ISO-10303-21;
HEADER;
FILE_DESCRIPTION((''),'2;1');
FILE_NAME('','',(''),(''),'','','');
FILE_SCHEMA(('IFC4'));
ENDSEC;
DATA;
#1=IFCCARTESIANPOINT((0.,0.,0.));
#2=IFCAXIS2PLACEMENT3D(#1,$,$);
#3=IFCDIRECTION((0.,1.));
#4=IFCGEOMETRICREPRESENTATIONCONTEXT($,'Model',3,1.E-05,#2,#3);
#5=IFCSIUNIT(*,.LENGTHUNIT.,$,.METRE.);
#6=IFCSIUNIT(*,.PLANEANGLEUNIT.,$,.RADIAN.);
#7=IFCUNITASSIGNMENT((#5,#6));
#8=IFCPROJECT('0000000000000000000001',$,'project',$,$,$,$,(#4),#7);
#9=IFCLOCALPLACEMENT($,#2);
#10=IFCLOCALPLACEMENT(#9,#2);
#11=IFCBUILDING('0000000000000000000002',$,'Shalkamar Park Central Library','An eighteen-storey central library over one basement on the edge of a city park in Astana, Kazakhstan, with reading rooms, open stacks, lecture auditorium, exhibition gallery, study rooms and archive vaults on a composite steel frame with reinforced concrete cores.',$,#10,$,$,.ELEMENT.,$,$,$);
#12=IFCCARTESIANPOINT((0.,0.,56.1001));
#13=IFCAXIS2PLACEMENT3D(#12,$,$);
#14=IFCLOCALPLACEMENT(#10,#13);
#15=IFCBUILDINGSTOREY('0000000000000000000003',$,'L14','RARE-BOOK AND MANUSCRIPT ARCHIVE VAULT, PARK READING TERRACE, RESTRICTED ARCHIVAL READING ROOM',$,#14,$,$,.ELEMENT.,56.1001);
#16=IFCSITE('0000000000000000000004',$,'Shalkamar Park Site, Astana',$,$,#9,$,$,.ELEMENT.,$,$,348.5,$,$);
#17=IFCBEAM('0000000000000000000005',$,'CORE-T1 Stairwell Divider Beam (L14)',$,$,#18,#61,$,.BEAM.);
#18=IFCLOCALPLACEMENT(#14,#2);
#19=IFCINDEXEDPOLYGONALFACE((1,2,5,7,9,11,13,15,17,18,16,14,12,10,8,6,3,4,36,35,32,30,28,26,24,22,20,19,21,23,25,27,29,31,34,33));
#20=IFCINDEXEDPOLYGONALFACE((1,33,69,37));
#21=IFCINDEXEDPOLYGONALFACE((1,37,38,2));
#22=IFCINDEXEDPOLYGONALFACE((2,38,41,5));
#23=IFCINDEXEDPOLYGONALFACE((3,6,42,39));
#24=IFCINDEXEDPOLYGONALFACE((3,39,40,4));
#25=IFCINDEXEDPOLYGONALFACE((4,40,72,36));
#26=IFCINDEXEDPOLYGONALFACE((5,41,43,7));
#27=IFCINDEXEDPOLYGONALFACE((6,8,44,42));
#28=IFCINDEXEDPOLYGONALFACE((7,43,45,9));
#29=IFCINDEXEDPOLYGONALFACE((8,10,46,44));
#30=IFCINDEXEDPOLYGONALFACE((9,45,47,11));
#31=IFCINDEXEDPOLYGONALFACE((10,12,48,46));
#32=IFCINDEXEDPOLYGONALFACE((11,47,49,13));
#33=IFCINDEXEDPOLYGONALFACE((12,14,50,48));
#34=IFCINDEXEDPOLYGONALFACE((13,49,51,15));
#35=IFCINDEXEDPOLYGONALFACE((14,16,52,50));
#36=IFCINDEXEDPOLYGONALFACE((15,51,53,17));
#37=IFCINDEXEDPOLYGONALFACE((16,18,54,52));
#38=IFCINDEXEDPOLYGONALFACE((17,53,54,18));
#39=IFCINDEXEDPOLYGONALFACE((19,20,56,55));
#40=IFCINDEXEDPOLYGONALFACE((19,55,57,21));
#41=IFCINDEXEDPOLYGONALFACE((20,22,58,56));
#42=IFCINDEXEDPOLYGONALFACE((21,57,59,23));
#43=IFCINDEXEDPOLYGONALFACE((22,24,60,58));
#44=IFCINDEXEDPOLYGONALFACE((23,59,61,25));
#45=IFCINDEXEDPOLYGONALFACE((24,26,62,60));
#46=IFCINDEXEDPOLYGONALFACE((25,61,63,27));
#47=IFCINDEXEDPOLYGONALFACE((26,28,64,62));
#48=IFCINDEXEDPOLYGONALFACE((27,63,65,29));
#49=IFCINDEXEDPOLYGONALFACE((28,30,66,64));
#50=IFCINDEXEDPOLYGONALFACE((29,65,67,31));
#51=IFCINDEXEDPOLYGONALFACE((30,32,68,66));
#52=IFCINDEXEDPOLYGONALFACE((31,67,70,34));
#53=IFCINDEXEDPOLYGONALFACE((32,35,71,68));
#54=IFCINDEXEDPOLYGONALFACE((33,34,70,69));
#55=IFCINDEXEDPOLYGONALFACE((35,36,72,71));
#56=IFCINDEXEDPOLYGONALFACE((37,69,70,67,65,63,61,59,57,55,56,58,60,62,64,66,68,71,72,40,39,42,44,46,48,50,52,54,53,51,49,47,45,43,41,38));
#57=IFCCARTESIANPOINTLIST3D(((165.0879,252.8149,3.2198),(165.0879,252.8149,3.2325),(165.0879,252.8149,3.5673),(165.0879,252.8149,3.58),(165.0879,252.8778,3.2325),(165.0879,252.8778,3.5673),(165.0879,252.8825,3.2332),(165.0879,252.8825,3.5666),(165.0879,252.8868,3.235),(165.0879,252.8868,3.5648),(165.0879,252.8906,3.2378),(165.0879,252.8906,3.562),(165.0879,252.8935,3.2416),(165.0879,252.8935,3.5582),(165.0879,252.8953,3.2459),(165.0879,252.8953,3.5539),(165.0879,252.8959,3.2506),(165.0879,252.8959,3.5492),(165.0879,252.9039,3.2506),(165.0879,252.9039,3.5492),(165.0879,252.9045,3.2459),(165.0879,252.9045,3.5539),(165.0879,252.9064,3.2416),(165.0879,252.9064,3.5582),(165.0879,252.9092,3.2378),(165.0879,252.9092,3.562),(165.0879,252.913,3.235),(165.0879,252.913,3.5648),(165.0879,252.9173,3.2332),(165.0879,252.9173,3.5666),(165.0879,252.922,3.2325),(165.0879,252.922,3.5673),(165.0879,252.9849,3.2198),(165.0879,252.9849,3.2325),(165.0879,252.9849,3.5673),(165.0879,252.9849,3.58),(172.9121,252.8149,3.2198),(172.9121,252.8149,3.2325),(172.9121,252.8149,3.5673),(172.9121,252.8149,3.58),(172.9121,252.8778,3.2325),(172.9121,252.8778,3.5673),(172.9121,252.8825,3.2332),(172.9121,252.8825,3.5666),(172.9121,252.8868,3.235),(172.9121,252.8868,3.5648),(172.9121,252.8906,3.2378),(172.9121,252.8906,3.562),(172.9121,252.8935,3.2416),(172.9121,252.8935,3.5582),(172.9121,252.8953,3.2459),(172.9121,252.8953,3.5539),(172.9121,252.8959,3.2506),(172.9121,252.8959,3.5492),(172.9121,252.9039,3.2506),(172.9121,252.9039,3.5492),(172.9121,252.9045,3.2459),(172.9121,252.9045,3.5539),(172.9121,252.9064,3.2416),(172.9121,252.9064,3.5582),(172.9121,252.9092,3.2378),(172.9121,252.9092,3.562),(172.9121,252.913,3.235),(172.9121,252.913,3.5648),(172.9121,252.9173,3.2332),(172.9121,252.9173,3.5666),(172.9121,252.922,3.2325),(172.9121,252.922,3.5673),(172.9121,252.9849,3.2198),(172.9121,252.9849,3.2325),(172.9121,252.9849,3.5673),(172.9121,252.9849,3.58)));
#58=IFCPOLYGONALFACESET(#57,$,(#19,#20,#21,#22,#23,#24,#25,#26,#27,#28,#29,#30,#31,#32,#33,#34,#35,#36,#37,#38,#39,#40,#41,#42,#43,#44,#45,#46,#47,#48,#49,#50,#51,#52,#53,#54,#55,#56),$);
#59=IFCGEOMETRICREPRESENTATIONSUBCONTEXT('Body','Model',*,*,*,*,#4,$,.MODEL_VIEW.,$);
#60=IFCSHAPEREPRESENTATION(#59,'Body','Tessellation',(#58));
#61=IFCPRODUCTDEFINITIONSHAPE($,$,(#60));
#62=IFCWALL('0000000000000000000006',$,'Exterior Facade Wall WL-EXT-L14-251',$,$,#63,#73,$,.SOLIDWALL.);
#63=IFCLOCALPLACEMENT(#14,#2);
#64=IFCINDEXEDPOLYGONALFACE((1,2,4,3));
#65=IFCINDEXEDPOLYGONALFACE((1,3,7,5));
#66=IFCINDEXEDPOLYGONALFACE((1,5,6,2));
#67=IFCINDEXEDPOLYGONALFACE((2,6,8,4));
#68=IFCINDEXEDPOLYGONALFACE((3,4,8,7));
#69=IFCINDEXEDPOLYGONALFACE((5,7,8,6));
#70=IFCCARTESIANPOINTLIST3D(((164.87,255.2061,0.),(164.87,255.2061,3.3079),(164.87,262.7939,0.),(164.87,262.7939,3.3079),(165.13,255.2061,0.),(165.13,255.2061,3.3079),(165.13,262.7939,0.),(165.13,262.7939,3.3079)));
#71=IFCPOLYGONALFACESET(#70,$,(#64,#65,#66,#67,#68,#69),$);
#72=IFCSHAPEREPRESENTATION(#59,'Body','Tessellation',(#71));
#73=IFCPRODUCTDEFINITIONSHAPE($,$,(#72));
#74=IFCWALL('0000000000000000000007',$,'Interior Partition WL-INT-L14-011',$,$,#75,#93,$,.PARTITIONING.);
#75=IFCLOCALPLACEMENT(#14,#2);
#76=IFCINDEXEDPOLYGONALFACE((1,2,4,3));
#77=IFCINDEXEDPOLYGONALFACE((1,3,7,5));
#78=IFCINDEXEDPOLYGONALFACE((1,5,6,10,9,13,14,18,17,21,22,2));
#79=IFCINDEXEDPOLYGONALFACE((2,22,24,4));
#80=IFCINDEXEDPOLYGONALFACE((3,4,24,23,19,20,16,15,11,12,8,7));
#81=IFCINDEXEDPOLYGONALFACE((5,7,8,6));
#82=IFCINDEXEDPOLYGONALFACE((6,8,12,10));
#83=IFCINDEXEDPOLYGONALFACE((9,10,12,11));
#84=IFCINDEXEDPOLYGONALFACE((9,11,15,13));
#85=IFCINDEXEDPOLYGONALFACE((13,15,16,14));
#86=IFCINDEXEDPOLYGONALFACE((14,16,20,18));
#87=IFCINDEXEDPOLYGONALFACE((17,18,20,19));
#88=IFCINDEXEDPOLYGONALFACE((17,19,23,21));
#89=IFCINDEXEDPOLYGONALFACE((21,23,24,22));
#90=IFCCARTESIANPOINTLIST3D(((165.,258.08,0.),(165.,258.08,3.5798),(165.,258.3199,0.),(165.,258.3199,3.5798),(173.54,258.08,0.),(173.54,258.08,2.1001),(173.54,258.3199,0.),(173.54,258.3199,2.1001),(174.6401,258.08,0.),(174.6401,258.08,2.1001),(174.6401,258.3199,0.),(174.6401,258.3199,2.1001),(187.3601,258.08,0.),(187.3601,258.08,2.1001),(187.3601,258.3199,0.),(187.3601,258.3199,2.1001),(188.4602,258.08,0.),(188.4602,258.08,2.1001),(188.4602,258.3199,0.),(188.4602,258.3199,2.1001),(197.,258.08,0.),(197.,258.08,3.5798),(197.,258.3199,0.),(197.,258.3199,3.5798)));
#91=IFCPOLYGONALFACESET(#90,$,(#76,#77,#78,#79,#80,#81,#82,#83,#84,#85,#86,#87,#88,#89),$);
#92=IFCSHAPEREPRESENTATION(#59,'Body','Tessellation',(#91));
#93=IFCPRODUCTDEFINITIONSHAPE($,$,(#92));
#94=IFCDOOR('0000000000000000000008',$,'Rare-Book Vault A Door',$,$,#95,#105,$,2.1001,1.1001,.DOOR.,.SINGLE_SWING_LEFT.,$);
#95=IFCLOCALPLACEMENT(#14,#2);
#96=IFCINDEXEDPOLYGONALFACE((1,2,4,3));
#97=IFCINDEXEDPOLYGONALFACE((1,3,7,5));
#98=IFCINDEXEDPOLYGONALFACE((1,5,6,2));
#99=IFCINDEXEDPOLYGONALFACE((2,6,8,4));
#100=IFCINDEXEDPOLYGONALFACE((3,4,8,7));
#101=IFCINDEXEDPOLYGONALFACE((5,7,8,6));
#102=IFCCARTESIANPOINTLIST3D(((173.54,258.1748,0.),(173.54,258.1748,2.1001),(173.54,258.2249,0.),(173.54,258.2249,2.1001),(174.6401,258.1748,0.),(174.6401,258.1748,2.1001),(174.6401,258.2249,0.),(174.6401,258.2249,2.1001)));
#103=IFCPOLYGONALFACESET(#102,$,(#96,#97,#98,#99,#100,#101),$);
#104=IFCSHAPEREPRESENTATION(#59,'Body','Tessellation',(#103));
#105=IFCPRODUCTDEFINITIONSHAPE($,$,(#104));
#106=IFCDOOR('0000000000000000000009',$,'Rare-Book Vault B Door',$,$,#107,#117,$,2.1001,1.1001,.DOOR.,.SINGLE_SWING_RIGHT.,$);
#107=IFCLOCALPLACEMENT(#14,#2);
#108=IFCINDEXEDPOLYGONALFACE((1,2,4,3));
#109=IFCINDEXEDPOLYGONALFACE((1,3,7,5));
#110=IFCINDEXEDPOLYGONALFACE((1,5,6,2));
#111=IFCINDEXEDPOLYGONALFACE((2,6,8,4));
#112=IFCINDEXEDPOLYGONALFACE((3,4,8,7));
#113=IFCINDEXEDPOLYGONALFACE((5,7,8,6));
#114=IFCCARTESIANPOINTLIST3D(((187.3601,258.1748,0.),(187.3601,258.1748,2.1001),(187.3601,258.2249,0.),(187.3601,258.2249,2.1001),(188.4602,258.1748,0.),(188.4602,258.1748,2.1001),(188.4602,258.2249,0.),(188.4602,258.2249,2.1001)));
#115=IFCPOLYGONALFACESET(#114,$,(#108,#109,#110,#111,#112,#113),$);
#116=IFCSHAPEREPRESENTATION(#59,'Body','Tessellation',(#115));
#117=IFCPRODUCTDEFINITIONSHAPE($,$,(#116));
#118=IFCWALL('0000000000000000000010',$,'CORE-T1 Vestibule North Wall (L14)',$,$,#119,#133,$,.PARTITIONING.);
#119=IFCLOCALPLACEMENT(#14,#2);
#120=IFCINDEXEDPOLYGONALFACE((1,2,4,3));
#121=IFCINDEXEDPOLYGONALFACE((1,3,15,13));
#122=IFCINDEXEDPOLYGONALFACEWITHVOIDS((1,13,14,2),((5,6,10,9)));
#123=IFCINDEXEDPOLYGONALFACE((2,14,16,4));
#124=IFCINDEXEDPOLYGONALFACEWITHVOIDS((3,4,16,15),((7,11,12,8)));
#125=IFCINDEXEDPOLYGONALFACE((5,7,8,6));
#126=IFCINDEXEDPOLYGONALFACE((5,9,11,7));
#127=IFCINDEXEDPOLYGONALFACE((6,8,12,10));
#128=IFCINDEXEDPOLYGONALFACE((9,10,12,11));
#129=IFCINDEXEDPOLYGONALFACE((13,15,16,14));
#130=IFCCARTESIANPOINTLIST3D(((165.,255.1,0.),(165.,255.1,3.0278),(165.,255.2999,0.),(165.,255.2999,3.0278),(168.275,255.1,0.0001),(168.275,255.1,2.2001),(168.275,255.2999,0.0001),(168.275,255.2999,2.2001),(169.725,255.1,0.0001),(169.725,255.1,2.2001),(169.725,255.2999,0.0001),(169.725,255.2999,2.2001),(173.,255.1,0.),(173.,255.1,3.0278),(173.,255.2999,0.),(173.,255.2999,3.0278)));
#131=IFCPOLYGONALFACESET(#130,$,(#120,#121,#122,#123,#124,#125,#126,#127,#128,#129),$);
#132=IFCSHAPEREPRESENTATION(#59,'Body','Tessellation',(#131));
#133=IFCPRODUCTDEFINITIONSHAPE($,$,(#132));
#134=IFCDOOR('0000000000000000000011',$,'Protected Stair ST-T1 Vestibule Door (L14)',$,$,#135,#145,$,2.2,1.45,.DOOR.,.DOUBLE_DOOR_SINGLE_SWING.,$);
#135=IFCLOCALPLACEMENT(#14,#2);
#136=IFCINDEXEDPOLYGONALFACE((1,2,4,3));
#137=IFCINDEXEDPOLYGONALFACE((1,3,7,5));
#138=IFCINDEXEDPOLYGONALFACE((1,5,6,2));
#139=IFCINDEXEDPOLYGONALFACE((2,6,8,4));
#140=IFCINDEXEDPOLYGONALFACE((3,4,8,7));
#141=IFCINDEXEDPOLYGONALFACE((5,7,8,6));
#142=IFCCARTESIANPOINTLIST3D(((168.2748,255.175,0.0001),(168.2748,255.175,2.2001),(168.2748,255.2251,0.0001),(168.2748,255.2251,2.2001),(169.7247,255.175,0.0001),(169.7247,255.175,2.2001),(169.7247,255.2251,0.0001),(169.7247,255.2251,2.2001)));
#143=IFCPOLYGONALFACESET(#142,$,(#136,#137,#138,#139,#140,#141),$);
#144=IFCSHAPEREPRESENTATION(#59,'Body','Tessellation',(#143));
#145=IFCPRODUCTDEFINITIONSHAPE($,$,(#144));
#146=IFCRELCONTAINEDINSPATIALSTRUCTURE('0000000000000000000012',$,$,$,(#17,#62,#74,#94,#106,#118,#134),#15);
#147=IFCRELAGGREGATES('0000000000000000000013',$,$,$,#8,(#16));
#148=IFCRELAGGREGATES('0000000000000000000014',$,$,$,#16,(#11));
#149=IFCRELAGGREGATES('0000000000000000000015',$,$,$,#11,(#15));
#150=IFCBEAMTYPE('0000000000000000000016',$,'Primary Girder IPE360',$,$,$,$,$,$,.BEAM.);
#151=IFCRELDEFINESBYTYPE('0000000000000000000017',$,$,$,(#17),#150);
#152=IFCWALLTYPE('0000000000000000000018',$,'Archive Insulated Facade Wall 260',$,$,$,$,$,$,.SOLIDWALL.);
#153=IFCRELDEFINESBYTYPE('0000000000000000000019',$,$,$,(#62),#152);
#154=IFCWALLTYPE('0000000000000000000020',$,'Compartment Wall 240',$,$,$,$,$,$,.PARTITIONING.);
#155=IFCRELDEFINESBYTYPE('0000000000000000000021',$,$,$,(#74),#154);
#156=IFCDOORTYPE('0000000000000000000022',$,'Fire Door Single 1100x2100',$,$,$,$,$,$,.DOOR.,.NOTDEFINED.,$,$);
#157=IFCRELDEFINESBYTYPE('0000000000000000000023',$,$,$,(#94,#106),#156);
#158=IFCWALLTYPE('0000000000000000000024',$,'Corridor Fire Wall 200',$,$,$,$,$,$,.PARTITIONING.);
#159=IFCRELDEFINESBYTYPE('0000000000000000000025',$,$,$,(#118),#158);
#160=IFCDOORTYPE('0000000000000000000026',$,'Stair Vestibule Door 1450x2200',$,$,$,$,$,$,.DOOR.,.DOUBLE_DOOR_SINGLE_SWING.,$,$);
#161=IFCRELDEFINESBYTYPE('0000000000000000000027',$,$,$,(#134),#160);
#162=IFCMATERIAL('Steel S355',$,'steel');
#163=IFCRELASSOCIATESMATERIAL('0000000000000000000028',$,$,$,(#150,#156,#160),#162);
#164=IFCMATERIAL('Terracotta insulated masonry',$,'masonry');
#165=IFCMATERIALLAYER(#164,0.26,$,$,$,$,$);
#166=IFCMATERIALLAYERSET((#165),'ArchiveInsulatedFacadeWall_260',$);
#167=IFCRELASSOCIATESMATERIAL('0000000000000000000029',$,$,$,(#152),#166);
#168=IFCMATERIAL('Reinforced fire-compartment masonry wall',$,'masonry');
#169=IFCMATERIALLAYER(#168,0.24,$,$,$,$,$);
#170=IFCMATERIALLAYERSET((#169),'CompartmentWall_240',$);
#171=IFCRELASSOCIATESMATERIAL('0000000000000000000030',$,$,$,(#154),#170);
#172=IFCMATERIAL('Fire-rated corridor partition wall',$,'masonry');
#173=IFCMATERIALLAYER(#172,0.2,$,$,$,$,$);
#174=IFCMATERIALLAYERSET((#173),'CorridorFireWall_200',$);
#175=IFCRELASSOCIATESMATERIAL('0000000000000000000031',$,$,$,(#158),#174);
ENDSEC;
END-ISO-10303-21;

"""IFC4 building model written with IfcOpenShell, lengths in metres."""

from ifc_helpers import new_model, si_unit, direction, frame, frame_2d, origin, origin_2d, place, context, subcontext, project, spatial, rectangle, i_section, extrude, material, layer, layer_set, material_profile, profile_set, type_object, element, fill, save


model = new_model("IFC4")

# Units and contexts
model_context = context("Model", 3, precision=1e-05, world=origin(), true_north=direction((0.0, 1.0)))
body_context = subcontext(model_context, "Body", "Model", "MODEL_VIEW")
ifc_project = project(units=[si_unit("LENGTHUNIT", "METRE"), si_unit("PLANEANGLEUNIT", "RADIAN")], contexts=[model_context])

# Site, building, storey
site_placement = place(None, origin())
site = spatial("IfcSite", under=ifc_project, at=site_placement, Name="Shalkamar Park Site, Astana", CompositionType="ELEMENT", RefElevation=348.5)
building_placement = place(site_placement, origin())
building = spatial("IfcBuilding", under=site, at=building_placement, Name="Shalkamar Park Central Library", Description="An eighteen-storey central library over one basement on the edge of a city park in Astana, Kazakhstan, with reading rooms, open stacks, lecture auditorium, exhibition gallery, study rooms and archive vaults on a composite steel frame with reinforced concrete cores.", CompositionType="ELEMENT")
storey_placement = place(building_placement, frame((0.0, 0.0, 56.1001)))
storey = spatial("IfcBuildingStorey", under=building, at=storey_placement, Name="L14", Description="RARE-BOOK AND MANUSCRIPT ARCHIVE VAULT, PARK READING TERRACE, RESTRICTED ARCHIVAL READING ROOM", CompositionType="ELEMENT", Elevation=56.1001)

# Shared definitions
ifc_material_1 = material(Name="Steel S355", Category="steel")

# Beam
ifc_material_profile_1 = material_profile(ifc_material_1, i_section(OverallWidth=0.1699, OverallDepth=0.3601, WebThickness=0.0081, FlangeThickness=0.0127, FilletRadius=0.0181, at=origin_2d()), Name="IPE 360")
ifc_profile_set_1 = profile_set([ifc_material_profile_1], Name="Steel S355")
beam_type_1 = type_object("IfcBeamType", Name="Primary Girder IPE360", PredefinedType="BEAM", material=ifc_profile_set_1)
beam_1_placement = place(storey_placement, frame((165.0879, 252.8999, 3.3999), z_axis=(1.0, 0.0, 0.0), x_axis=(0.0, 1.0, 0.0)))
element("IfcBeam", 1, at=beam_1_placement, inside=storey, type_object=beam_type_1, Name="CORE-T1 Stairwell Divider Beam (L14)", PredefinedType="BEAM", context=body_context, shape_type="SweptSolid", body=[
    extrude(i_section(OverallWidth=0.1699, OverallDepth=0.3601, WebThickness=0.0081, FlangeThickness=0.0127, FilletRadius=0.0181, at=origin_2d()), origin(), (0.0, 0.0, 1.0), 7.8242),
])

# Wall
ifc_material_2 = material(Name="Terracotta insulated masonry", Category="masonry")
ifc_layer_1 = layer(ifc_material_2, 0.26)
ifc_layer_set_1 = layer_set([ifc_layer_1], Name="ArchiveInsulatedFacadeWall_260")
wall_type_1 = type_object("IfcWallType", Name="Archive Insulated Facade Wall 260", PredefinedType="SOLIDWALL", material=ifc_layer_set_1)
wall_1_placement = place(storey_placement, frame((165.0, 255.2061, 0.0), z_axis=(0.0, 0.0, 1.0), x_axis=(0.0, 1.0, 0.0)))
element("IfcWall", 2, at=wall_1_placement, inside=storey, type_object=wall_type_1, Name="Exterior Facade Wall WL-EXT-L14-251", PredefinedType="SOLIDWALL", context=body_context, shape_type="SweptSolid", body=[
    extrude(rectangle(XDim=7.5879, YDim=0.26, at=frame_2d((3.7939, 0.0))), origin(), (0.0, 0.0, 1.0), 3.3079),
])

# Wall, openings, doors
ifc_material_3 = material(Name="Reinforced fire-compartment masonry wall", Category="masonry")
ifc_layer_2 = layer(ifc_material_3, 0.24)
ifc_layer_set_2 = layer_set([ifc_layer_2], Name="CompartmentWall_240")
wall_type_2 = type_object("IfcWallType", Name="Compartment Wall 240", PredefinedType="PARTITIONING", material=ifc_layer_set_2)
wall_2_placement = place(storey_placement, frame((165.0, 258.2, 0.0), z_axis=(0.0, 0.0, 1.0), x_axis=(1.0, 0.0, 0.0)))
wall_2 = element("IfcWall", 3, at=wall_2_placement, inside=storey, type_object=wall_type_2, Name="Interior Partition WL-INT-L14-011", PredefinedType="PARTITIONING", context=body_context, shape_type="SweptSolid", body=[
    extrude(rectangle(XDim=32.0, YDim=0.24, at=frame_2d((16.0, 0.0))), origin(), (0.0, 0.0, 1.0), 3.5798),
])
opening_1_placement = place(wall_2_placement, frame((8.54, 0.0, 0.0)))
opening_1 = element("IfcOpeningElement", 4, at=opening_1_placement, cuts=wall_2, PredefinedType="OPENING", context=body_context, shape_type="SweptSolid", body=[
    extrude(rectangle(XDim=1.1001, YDim=2.1001, at=frame_2d((0.55, 1.05))), frame((0.0, 0.1348, 0.0), z_axis=(0.0, -1.0, 0.0), x_axis=(1.0, 0.0, 0.0)), (0.0, 0.0, 1.0), 0.2698),
])
opening_2_placement = place(wall_2_placement, frame((22.3601, 0.0, 0.0)))
opening_2 = element("IfcOpeningElement", 5, at=opening_2_placement, cuts=wall_2, PredefinedType="OPENING", context=body_context, shape_type="SweptSolid", body=[
    extrude(rectangle(XDim=1.1001, YDim=2.1001, at=frame_2d((0.55, 1.05))), frame((0.0, 0.1348, 0.0), z_axis=(0.0, -1.0, 0.0), x_axis=(1.0, 0.0, 0.0)), (0.0, 0.0, 1.0), 0.2698),
])
door_type_1 = type_object("IfcDoorType", Name="Fire Door Single 1100x2100", OperationType="NOTDEFINED", PredefinedType="DOOR", material=ifc_material_1)
door_1_placement = place(opening_1_placement, origin())
door_1 = element("IfcDoor", 6, at=door_1_placement, inside=storey, type_object=door_type_1, Name="Rare-Book Vault A Door", OperationType="SINGLE_SWING_LEFT", OverallHeight=2.1001, OverallWidth=1.1001, PredefinedType="DOOR", context=body_context, shape_type="SweptSolid", body=[
    extrude(rectangle(XDim=1.1001, YDim=2.1001, at=frame_2d((0.55, 1.05))), frame((0.0, 0.0249, 0.0), z_axis=(0.0, -1.0, 0.0), x_axis=(1.0, 0.0, 0.0)), (0.0, 0.0, 1.0), 0.05),
])
fill(opening_1, door_1)
door_2_placement = place(opening_2_placement, origin())
door_2 = element("IfcDoor", 7, at=door_2_placement, inside=storey, type_object=door_type_1, Name="Rare-Book Vault B Door", OperationType="SINGLE_SWING_RIGHT", OverallHeight=2.1001, OverallWidth=1.1001, PredefinedType="DOOR", context=body_context, shape_type="SweptSolid", body=[
    extrude(rectangle(XDim=1.1001, YDim=2.1001, at=frame_2d((0.55, 1.05))), frame((0.0, 0.0249, 0.0), z_axis=(0.0, -1.0, 0.0), x_axis=(1.0, 0.0, 0.0)), (0.0, 0.0, 1.0), 0.05),
])
fill(opening_2, door_2)

# Wall, opening, door
ifc_material_4 = material(Name="Fire-rated corridor partition wall", Category="masonry")
ifc_layer_3 = layer(ifc_material_4, 0.2)
ifc_layer_set_3 = layer_set([ifc_layer_3], Name="CorridorFireWall_200")
wall_type_3 = type_object("IfcWallType", Name="Corridor Fire Wall 200", PredefinedType="PARTITIONING", material=ifc_layer_set_3)
wall_3_placement = place(storey_placement, frame((165.0, 255.2, 0.0), z_axis=(0.0, 0.0, 1.0), x_axis=(1.0, 0.0, 0.0)))
wall_3 = element("IfcWall", 8, at=wall_3_placement, inside=storey, type_object=wall_type_3, Name="CORE-T1 Vestibule North Wall (L14)", PredefinedType="PARTITIONING", context=body_context, shape_type="SweptSolid", body=[
    extrude(rectangle(XDim=8.0, YDim=0.2, at=frame_2d((4.0, 0.0))), origin(), (0.0, 0.0, 1.0), 3.0278),
])
opening_3_placement = place(wall_3_placement, frame((3.2749, 0.0, 0.0)))
opening_3 = element("IfcOpeningElement", 9, at=opening_3_placement, cuts=wall_3, PredefinedType="OPENING", context=body_context, shape_type="SweptSolid", body=[
    extrude(rectangle(XDim=1.45, YDim=2.2, at=frame_2d((0.7251, 1.1001))), frame((0.0, 0.1147, 0.0), z_axis=(0.0, -1.0, 0.0), x_axis=(1.0, 0.0, 0.0)), (0.0, 0.0, 1.0), 0.2297),
])
door_type_2 = type_object("IfcDoorType", Name="Stair Vestibule Door 1450x2200", OperationType="DOUBLE_DOOR_SINGLE_SWING", PredefinedType="DOOR", material=ifc_material_1)
door_3_placement = place(opening_3_placement, frame((1.45, 0.0, 0.0), z_axis=(0.0, 0.0, 1.0), x_axis=(-1.0, 0.0, 0.0)))
door_3 = element("IfcDoor", 10, at=door_3_placement, inside=storey, type_object=door_type_2, Name="Protected Stair ST-T1 Vestibule Door (L14)", OperationType="DOUBLE_DOOR_SINGLE_SWING", OverallHeight=2.2, OverallWidth=1.45, PredefinedType="DOOR", context=body_context, shape_type="SweptSolid", body=[
    extrude(rectangle(XDim=1.45, YDim=2.2, at=frame_2d((0.7251, 1.1001))), frame((0.0, 0.0249, 0.0), z_axis=(0.0, -1.0, 0.0), x_axis=(1.0, 0.0, 0.0)), (0.0, 0.0, 1.0), 0.05),
])
fill(opening_3, door_3)

save(model, "model.ifc")
